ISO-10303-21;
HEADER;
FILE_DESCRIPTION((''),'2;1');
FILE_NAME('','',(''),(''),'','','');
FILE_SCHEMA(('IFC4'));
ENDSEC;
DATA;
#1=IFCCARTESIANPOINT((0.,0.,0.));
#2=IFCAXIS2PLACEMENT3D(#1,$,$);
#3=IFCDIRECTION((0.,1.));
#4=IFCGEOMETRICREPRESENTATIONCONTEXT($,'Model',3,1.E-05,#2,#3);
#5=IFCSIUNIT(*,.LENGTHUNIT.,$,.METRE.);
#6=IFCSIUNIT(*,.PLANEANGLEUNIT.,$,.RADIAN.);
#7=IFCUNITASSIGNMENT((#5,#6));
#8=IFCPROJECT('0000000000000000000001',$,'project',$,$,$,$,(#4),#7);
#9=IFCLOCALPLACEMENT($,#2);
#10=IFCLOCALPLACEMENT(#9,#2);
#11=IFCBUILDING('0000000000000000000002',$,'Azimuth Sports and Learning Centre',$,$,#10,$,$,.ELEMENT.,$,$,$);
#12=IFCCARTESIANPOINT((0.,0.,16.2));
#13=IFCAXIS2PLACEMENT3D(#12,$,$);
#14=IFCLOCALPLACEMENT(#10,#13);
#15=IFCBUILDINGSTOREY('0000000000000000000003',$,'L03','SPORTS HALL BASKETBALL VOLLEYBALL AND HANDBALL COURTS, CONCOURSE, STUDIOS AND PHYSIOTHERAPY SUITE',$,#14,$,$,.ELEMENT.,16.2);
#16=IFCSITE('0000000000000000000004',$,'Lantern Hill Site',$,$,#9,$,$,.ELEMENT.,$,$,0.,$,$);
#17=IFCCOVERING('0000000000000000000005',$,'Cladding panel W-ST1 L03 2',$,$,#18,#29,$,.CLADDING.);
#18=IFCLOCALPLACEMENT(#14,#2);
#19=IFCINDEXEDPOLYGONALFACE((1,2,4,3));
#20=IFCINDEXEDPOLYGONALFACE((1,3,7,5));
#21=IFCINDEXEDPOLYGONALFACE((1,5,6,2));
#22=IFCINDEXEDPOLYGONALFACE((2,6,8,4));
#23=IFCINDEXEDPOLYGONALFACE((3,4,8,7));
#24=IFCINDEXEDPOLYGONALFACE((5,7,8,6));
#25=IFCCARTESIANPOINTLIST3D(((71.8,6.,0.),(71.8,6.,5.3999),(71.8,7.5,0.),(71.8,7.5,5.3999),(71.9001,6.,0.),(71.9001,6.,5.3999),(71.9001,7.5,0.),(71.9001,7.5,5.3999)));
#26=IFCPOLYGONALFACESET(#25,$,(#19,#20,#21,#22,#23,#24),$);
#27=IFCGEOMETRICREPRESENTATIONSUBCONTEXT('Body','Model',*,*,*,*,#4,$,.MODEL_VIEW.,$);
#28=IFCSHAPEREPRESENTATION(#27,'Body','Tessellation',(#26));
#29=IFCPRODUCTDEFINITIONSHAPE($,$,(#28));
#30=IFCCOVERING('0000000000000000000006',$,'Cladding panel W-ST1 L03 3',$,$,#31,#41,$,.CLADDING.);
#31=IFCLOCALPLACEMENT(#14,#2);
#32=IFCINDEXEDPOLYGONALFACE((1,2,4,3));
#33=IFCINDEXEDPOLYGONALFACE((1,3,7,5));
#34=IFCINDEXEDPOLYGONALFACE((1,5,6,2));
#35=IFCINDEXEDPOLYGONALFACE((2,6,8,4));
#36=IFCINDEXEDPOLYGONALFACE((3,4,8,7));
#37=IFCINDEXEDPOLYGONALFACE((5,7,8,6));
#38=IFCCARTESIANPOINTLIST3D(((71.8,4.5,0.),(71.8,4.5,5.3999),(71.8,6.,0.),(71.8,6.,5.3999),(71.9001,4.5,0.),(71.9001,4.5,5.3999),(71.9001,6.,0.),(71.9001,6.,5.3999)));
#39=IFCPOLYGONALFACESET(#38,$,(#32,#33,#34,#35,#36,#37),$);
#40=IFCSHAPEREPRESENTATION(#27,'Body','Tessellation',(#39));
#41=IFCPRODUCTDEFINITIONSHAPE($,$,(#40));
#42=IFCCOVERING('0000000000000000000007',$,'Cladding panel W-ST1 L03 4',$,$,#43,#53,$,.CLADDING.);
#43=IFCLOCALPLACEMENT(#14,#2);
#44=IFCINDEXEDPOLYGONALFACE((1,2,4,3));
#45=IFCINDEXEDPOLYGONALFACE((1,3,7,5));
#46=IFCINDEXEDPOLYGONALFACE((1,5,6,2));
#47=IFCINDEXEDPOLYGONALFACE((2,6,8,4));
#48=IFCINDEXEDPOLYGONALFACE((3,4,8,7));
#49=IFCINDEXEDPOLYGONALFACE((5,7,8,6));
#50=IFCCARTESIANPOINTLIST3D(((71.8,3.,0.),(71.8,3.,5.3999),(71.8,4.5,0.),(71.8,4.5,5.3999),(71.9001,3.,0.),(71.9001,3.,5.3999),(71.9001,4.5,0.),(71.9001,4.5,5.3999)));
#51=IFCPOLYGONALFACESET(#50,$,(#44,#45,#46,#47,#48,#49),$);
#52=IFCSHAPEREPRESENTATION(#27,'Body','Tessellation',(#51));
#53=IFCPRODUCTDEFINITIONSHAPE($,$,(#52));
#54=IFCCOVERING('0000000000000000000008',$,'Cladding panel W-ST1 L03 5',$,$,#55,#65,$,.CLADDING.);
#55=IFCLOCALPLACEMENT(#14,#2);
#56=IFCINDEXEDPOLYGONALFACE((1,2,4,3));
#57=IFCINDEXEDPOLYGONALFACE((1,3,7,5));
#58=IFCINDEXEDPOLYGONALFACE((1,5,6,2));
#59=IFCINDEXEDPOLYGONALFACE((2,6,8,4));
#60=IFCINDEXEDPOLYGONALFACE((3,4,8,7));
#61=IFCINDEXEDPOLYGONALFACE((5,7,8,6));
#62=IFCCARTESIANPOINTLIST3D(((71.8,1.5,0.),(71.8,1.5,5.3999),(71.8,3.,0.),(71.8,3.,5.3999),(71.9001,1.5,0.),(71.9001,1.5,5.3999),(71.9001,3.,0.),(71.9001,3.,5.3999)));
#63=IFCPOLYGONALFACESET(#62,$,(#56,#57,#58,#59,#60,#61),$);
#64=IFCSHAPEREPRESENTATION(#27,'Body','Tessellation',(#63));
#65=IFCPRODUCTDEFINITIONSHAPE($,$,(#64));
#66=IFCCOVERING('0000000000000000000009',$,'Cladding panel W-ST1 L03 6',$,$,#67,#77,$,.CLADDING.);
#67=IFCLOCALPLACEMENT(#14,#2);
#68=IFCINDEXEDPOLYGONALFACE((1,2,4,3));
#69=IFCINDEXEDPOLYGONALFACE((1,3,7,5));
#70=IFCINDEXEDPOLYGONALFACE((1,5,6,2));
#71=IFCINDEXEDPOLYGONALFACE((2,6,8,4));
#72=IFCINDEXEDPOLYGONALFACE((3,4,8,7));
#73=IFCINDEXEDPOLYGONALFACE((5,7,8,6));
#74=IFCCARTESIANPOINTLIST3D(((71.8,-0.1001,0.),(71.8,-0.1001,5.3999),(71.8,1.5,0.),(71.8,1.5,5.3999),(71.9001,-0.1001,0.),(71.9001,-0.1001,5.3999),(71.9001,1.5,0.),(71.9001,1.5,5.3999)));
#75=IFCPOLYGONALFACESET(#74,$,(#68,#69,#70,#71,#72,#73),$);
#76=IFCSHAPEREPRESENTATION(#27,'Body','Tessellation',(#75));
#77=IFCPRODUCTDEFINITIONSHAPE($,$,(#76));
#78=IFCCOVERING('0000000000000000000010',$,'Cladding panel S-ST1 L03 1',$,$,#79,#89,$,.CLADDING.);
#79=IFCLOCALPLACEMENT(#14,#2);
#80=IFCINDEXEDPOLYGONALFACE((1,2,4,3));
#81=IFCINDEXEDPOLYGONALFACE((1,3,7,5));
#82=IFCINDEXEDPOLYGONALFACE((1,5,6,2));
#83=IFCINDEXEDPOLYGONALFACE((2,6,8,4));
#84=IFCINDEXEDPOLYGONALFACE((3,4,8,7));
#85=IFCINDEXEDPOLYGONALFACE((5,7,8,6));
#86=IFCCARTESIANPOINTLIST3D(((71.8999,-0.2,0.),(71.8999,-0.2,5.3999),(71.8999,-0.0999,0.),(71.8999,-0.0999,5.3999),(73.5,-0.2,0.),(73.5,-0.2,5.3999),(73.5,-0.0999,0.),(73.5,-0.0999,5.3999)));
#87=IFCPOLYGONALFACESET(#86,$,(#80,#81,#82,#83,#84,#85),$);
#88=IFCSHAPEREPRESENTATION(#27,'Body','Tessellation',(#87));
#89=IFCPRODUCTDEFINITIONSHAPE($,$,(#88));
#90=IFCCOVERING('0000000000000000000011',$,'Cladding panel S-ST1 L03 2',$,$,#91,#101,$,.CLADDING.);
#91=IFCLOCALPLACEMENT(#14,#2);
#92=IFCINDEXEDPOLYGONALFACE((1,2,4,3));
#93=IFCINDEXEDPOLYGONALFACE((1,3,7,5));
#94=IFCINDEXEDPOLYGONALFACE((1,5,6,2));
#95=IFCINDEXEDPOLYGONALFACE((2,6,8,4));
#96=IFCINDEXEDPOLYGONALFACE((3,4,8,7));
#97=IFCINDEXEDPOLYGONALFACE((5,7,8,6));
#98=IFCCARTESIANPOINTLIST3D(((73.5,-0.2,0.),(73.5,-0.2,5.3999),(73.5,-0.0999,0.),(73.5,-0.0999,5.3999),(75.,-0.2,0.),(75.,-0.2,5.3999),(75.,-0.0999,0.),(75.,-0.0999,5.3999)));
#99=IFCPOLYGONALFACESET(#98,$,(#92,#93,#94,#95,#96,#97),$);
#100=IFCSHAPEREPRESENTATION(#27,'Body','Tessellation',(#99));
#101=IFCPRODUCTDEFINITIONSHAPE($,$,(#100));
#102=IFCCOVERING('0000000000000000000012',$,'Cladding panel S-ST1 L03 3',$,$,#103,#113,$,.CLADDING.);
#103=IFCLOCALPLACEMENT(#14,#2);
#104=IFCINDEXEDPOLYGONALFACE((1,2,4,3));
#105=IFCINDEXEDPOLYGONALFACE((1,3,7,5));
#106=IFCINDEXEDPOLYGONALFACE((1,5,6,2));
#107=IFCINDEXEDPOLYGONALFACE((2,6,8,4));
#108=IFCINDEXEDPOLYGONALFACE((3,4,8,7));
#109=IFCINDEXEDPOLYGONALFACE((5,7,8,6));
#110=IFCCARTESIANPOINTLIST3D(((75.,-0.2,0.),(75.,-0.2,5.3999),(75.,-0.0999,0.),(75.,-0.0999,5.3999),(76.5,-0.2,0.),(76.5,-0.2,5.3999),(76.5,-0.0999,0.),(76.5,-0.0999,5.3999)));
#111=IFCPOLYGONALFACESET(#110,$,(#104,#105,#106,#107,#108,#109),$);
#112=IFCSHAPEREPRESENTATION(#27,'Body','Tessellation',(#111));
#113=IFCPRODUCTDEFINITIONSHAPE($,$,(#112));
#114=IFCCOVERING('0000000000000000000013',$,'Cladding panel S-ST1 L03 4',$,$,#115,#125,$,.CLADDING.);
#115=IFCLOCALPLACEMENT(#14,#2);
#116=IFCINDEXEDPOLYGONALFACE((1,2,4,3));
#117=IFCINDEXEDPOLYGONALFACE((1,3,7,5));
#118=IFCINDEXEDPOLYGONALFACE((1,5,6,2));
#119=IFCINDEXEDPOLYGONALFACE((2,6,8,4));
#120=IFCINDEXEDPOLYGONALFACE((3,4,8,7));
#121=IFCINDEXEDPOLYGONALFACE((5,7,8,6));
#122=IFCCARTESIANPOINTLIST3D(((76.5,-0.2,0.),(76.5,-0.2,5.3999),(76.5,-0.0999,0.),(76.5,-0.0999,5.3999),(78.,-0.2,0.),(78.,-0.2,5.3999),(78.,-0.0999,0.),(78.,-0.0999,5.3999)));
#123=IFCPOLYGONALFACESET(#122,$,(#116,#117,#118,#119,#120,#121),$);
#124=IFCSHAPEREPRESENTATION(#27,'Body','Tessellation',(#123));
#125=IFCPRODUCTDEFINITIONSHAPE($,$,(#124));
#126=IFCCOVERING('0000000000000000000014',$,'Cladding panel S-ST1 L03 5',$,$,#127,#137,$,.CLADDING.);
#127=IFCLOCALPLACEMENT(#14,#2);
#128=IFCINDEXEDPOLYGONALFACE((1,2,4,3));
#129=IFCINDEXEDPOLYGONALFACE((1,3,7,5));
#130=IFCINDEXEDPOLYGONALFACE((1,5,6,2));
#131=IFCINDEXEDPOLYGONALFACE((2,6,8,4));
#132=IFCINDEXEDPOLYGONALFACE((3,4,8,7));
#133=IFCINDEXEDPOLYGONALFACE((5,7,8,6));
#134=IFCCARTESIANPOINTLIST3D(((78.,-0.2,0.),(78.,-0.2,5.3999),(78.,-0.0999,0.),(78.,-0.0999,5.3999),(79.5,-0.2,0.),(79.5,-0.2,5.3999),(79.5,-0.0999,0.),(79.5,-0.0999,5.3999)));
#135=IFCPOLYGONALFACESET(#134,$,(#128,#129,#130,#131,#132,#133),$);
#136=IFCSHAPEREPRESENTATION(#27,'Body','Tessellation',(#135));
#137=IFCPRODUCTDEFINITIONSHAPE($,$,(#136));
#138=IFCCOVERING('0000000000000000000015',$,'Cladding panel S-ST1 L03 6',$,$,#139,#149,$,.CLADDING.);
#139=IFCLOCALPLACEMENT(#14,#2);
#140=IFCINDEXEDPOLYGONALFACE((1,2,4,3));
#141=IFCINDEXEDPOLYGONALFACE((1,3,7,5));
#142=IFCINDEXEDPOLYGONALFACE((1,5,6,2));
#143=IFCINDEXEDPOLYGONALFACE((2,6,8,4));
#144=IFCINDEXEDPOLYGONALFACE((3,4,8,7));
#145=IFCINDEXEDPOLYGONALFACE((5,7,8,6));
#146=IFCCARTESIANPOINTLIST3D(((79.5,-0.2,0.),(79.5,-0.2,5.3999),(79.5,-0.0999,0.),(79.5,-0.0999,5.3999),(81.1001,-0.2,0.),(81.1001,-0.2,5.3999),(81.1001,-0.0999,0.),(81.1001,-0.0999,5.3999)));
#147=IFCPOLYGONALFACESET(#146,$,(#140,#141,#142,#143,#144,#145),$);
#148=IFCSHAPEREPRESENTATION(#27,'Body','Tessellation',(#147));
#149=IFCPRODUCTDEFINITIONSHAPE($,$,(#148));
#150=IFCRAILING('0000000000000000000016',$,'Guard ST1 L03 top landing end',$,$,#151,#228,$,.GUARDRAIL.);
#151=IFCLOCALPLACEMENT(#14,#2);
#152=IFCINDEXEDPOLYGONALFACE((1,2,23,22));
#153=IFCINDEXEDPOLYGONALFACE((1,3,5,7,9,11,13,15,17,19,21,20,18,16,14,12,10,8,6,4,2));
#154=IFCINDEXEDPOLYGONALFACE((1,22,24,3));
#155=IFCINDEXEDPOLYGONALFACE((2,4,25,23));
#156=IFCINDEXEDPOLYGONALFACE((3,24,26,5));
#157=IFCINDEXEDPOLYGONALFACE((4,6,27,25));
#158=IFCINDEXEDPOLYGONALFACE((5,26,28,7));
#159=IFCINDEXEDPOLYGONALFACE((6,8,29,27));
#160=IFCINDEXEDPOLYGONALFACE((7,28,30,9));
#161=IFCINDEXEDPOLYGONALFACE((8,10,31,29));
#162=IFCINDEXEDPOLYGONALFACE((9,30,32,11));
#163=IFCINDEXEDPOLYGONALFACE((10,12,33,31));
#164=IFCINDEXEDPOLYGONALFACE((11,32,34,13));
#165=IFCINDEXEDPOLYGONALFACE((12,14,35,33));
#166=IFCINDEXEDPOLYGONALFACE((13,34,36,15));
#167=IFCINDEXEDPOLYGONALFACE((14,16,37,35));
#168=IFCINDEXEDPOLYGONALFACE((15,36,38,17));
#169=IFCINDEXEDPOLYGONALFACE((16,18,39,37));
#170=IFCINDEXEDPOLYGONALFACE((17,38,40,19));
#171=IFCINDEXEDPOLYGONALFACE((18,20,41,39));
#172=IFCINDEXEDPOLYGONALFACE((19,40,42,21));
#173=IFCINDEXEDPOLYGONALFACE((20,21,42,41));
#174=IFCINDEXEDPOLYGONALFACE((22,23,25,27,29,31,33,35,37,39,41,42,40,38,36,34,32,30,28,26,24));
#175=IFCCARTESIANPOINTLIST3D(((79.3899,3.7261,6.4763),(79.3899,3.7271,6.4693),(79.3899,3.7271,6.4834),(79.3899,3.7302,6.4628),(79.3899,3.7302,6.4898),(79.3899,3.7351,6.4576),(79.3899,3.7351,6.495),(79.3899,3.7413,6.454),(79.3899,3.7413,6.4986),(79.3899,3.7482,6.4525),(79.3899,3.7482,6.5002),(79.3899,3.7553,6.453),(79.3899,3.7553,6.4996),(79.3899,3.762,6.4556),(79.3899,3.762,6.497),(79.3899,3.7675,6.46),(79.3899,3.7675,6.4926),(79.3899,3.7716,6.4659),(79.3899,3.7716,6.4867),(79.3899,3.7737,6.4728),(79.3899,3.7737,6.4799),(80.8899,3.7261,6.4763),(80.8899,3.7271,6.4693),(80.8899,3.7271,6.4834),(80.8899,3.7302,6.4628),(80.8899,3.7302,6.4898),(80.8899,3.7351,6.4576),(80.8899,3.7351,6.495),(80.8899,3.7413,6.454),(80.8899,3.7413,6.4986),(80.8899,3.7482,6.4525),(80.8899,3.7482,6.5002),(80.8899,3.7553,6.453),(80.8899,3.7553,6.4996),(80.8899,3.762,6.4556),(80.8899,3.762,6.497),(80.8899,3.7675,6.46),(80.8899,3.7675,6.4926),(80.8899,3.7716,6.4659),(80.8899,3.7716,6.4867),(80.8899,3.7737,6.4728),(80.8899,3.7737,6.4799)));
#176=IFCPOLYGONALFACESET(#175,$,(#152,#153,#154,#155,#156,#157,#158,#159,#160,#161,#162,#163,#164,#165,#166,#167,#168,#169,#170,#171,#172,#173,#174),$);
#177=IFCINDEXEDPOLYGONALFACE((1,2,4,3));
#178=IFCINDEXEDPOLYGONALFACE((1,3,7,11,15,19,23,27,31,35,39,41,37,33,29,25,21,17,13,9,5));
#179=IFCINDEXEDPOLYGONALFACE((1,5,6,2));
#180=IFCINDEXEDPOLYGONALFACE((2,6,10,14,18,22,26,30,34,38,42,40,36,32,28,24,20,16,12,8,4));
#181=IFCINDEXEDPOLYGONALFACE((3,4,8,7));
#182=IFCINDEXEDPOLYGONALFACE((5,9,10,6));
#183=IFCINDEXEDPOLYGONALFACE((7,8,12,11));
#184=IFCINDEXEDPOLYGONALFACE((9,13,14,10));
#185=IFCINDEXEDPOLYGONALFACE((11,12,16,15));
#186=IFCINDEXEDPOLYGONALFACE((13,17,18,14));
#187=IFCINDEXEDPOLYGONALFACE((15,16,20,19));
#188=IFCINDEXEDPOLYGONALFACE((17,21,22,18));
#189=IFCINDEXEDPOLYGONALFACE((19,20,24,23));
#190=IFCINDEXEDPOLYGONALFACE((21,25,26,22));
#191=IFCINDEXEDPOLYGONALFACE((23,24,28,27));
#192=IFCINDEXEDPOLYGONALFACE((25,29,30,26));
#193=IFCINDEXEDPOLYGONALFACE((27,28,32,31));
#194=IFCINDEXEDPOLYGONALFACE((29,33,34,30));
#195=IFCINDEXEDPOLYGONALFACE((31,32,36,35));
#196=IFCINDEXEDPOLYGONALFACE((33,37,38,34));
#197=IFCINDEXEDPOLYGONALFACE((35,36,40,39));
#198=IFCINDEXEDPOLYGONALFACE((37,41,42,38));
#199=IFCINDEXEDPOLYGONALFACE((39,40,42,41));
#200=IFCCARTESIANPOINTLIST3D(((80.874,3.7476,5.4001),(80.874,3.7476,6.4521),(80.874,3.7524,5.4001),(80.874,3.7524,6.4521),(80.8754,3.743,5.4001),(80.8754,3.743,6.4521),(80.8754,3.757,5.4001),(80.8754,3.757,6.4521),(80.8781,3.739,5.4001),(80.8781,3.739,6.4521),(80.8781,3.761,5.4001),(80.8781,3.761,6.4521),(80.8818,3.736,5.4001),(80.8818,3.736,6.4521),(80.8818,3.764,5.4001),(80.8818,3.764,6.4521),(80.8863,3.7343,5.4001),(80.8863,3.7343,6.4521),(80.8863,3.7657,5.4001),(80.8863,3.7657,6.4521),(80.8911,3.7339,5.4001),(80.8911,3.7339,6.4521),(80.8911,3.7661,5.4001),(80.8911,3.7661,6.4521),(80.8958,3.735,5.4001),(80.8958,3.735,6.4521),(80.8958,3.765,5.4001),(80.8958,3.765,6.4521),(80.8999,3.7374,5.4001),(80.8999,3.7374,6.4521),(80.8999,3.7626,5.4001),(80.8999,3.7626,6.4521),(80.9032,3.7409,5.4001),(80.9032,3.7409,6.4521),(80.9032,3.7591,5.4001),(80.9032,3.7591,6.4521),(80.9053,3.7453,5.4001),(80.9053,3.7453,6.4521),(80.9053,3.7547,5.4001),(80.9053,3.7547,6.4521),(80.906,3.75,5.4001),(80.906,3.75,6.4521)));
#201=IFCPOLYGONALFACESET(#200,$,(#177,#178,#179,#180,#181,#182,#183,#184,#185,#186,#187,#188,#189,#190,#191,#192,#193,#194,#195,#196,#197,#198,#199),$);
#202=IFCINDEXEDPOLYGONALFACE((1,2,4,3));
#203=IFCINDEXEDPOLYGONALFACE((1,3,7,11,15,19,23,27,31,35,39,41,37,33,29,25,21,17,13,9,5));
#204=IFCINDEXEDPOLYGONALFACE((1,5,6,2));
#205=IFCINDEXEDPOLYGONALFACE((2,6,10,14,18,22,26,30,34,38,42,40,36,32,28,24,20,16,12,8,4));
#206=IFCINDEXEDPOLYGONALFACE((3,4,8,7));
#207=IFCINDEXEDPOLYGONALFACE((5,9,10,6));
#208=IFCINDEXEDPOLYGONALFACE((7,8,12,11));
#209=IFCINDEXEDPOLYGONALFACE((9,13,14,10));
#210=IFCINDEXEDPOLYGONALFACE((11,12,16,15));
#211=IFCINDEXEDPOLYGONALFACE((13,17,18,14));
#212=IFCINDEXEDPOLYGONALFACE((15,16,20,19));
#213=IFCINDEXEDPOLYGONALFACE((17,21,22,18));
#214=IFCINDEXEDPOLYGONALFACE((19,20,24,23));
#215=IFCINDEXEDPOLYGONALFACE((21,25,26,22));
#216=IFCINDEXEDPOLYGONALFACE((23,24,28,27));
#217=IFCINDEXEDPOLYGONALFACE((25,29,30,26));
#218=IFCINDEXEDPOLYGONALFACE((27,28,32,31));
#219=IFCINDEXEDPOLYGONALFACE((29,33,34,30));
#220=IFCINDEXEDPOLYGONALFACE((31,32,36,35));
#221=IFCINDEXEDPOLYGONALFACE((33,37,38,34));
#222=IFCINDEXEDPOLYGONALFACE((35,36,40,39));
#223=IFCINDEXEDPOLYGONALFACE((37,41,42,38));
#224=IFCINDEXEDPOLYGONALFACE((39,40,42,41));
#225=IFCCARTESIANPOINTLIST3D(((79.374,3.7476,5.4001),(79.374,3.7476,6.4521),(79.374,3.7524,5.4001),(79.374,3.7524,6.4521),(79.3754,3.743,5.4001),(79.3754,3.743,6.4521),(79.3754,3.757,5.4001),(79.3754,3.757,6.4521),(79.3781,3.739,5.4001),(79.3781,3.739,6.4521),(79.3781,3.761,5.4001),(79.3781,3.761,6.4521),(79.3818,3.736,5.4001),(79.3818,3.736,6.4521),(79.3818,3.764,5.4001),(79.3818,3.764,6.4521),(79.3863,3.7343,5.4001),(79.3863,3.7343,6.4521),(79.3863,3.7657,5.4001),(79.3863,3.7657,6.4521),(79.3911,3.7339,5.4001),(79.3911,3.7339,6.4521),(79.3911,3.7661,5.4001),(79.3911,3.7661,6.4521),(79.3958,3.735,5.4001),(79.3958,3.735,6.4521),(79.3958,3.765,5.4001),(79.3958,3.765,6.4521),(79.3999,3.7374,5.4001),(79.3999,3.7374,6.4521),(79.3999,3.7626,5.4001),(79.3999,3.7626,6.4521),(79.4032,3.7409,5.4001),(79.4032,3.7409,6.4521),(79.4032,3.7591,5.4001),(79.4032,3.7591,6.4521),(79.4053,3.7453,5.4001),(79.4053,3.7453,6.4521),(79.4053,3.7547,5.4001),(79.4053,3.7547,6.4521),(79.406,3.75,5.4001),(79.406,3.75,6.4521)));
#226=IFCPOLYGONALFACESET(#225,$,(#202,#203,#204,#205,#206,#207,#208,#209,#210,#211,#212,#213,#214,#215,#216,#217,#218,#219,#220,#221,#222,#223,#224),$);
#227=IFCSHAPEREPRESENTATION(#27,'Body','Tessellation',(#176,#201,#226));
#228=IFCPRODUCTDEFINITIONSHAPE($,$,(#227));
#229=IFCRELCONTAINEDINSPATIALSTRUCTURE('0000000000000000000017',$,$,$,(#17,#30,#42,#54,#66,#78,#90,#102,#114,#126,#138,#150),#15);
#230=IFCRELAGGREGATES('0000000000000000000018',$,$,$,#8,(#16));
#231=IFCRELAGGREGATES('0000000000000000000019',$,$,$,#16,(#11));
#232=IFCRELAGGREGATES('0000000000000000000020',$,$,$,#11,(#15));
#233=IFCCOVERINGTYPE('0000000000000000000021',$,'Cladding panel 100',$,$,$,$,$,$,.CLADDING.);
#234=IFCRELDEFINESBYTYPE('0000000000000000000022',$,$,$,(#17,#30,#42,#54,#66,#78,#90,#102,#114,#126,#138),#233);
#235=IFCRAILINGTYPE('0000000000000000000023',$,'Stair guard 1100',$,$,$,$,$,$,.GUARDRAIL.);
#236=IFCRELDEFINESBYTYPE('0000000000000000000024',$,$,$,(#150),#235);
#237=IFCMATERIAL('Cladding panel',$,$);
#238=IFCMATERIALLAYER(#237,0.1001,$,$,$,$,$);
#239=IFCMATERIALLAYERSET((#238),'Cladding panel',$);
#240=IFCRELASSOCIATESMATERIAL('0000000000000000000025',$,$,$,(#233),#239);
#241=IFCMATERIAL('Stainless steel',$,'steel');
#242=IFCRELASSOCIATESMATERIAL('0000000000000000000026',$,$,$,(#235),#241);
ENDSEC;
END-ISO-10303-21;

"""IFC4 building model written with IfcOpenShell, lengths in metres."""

from ifc_helpers import new_model, si_unit, direction, frame, origin, origin_2d, place, context, subcontext, project, spatial, rectangle, circle, extrude, material, layer, layer_set, type_object, element, save


model = new_model("IFC4")

# Units and contexts
model_context = context("Model", 3, precision=1e-05, world=origin(), true_north=direction((0.0, 1.0)))
body_context = subcontext(model_context, "Body", "Model", "MODEL_VIEW")
ifc_project = project(units=[si_unit("LENGTHUNIT", "METRE"), si_unit("PLANEANGLEUNIT", "RADIAN")], contexts=[model_context])

# Site, building, storey
site_placement = place(None, origin())
site = spatial("IfcSite", under=ifc_project, at=site_placement, Name="Lantern Hill Site", CompositionType="ELEMENT", RefElevation=0.0)
building_placement = place(site_placement, origin())
building = spatial("IfcBuilding", under=site, at=building_placement, Name="Azimuth Sports and Learning Centre", CompositionType="ELEMENT")
storey_placement = place(building_placement, frame((0.0, 0.0, 16.2)))
storey = spatial("IfcBuildingStorey", under=building, at=storey_placement, Name="L03", Description="SPORTS HALL BASKETBALL VOLLEYBALL AND HANDBALL COURTS, CONCOURSE, STUDIOS AND PHYSIOTHERAPY SUITE", CompositionType="ELEMENT", Elevation=16.2)

# Coverings
ifc_material_1 = material(Name="Cladding panel")
ifc_layer_1 = layer(ifc_material_1, 0.1001)
ifc_layer_set_1 = layer_set([ifc_layer_1], Name="Cladding panel")
covering_type = type_object("IfcCoveringType", Name="Cladding panel 100", PredefinedType="CLADDING", material=ifc_layer_set_1)
for number, where, z_axis, x_axis, name in (
    (1, (71.8501, 6.75, 0.0), (0.0, 0.0, 1.0), (0.0, -1.0, 0.0), "Cladding panel W-ST1 L03 2"),
    (2, (71.8501, 5.25, 0.0), (0.0, 0.0, 1.0), (0.0, -1.0, 0.0), "Cladding panel W-ST1 L03 3"),
    (3, (71.8501, 3.75, 0.0), (0.0, 0.0, 1.0), (0.0, -1.0, 0.0), "Cladding panel W-ST1 L03 4"),
    (4, (71.8501, 2.25, 0.0), (0.0, 0.0, 1.0), (0.0, -1.0, 0.0), "Cladding panel W-ST1 L03 5"),
):
    element("IfcCovering", number, at=place(storey_placement, frame(where, z_axis=z_axis, x_axis=x_axis)), inside=storey, type_object=covering_type, Name=name, PredefinedType="CLADDING", context=body_context, shape_type="SweptSolid", body=[
        extrude(rectangle(XDim=1.5, YDim=0.1001, at=origin_2d()), origin(), (0.0, 0.0, 1.0), 5.3999),
    ])
for number, where, z_axis, x_axis, name in (
    (5, (71.8501, 0.7, 0.0), (0.0, 0.0, 1.0), (0.0, -1.0, 0.0), "Cladding panel W-ST1 L03 6"),
    (6, (72.7, -0.1499, 0.0), (0.0, 0.0, 1.0), (1.0, 0.0, 0.0), "Cladding panel S-ST1 L03 1"),
):
    element("IfcCovering", number, at=place(storey_placement, frame(where, z_axis=z_axis, x_axis=x_axis)), inside=storey, type_object=covering_type, Name=name, PredefinedType="CLADDING", context=body_context, shape_type="SweptSolid", body=[
        extrude(rectangle(XDim=1.6001, YDim=0.1001, at=origin_2d()), origin(), (0.0, 0.0, 1.0), 5.3999),
    ])
for number, where, z_axis, x_axis, name in (
    (7, (74.25, -0.1499, 0.0), (0.0, 0.0, 1.0), (1.0, 0.0, 0.0), "Cladding panel S-ST1 L03 2"),
    (8, (75.75, -0.1499, 0.0), (0.0, 0.0, 1.0), (1.0, 0.0, 0.0), "Cladding panel S-ST1 L03 3"),
    (9, (77.25, -0.1499, 0.0), (0.0, 0.0, 1.0), (1.0, 0.0, 0.0), "Cladding panel S-ST1 L03 4"),
    (10, (78.75, -0.1499, 0.0), (0.0, 0.0, 1.0), (1.0, 0.0, 0.0), "Cladding panel S-ST1 L03 5"),
):
    element("IfcCovering", number, at=place(storey_placement, frame(where, z_axis=z_axis, x_axis=x_axis)), inside=storey, type_object=covering_type, Name=name, PredefinedType="CLADDING", context=body_context, shape_type="SweptSolid", body=[
        extrude(rectangle(XDim=1.5, YDim=0.1001, at=origin_2d()), origin(), (0.0, 0.0, 1.0), 5.3999),
    ])
covering_placement = place(storey_placement, frame((80.3, -0.1499, 0.0), z_axis=(0.0, 0.0, 1.0), x_axis=(1.0, 0.0, 0.0)))
element("IfcCovering", 11, at=covering_placement, inside=storey, type_object=covering_type, Name="Cladding panel S-ST1 L03 6", PredefinedType="CLADDING", context=body_context, shape_type="SweptSolid", body=[
    extrude(rectangle(XDim=1.6001, YDim=0.1001, at=origin_2d()), origin(), (0.0, 0.0, 1.0), 5.3999),
])

# Railing
ifc_material_2 = material(Name="Stainless steel", Category="steel")
railing_type_1 = type_object("IfcRailingType", Name="Stair guard 1100", PredefinedType="GUARDRAIL", material=ifc_material_2)
railing_1_placement = place(storey_placement, frame((80.8899, 3.75, 5.4001)))
element("IfcRailing", 12, at=railing_1_placement, inside=storey, type_object=railing_type_1, Name="Guard ST1 L03 top landing end", PredefinedType="GUARDRAIL", context=body_context, shape_type="SweptSolid", body=[
    extrude(circle(Radius=0.0239, at=origin_2d()), frame((0.0, 0.0, 1.0762), z_axis=(-1.0, 0.0, 0.0), x_axis=(0.0, -1.0, 0.0)), (0.0, 0.0, 1.0), 1.5),
    extrude(circle(Radius=0.0161, at=origin_2d()), origin(), (0.0, 0.0, 1.0), 1.052),
    extrude(circle(Radius=0.0161, at=origin_2d()), frame((-1.5, 0.0, 0.0)), (0.0, 0.0, 1.0), 1.052),
])

save(model, "model.ifc")
